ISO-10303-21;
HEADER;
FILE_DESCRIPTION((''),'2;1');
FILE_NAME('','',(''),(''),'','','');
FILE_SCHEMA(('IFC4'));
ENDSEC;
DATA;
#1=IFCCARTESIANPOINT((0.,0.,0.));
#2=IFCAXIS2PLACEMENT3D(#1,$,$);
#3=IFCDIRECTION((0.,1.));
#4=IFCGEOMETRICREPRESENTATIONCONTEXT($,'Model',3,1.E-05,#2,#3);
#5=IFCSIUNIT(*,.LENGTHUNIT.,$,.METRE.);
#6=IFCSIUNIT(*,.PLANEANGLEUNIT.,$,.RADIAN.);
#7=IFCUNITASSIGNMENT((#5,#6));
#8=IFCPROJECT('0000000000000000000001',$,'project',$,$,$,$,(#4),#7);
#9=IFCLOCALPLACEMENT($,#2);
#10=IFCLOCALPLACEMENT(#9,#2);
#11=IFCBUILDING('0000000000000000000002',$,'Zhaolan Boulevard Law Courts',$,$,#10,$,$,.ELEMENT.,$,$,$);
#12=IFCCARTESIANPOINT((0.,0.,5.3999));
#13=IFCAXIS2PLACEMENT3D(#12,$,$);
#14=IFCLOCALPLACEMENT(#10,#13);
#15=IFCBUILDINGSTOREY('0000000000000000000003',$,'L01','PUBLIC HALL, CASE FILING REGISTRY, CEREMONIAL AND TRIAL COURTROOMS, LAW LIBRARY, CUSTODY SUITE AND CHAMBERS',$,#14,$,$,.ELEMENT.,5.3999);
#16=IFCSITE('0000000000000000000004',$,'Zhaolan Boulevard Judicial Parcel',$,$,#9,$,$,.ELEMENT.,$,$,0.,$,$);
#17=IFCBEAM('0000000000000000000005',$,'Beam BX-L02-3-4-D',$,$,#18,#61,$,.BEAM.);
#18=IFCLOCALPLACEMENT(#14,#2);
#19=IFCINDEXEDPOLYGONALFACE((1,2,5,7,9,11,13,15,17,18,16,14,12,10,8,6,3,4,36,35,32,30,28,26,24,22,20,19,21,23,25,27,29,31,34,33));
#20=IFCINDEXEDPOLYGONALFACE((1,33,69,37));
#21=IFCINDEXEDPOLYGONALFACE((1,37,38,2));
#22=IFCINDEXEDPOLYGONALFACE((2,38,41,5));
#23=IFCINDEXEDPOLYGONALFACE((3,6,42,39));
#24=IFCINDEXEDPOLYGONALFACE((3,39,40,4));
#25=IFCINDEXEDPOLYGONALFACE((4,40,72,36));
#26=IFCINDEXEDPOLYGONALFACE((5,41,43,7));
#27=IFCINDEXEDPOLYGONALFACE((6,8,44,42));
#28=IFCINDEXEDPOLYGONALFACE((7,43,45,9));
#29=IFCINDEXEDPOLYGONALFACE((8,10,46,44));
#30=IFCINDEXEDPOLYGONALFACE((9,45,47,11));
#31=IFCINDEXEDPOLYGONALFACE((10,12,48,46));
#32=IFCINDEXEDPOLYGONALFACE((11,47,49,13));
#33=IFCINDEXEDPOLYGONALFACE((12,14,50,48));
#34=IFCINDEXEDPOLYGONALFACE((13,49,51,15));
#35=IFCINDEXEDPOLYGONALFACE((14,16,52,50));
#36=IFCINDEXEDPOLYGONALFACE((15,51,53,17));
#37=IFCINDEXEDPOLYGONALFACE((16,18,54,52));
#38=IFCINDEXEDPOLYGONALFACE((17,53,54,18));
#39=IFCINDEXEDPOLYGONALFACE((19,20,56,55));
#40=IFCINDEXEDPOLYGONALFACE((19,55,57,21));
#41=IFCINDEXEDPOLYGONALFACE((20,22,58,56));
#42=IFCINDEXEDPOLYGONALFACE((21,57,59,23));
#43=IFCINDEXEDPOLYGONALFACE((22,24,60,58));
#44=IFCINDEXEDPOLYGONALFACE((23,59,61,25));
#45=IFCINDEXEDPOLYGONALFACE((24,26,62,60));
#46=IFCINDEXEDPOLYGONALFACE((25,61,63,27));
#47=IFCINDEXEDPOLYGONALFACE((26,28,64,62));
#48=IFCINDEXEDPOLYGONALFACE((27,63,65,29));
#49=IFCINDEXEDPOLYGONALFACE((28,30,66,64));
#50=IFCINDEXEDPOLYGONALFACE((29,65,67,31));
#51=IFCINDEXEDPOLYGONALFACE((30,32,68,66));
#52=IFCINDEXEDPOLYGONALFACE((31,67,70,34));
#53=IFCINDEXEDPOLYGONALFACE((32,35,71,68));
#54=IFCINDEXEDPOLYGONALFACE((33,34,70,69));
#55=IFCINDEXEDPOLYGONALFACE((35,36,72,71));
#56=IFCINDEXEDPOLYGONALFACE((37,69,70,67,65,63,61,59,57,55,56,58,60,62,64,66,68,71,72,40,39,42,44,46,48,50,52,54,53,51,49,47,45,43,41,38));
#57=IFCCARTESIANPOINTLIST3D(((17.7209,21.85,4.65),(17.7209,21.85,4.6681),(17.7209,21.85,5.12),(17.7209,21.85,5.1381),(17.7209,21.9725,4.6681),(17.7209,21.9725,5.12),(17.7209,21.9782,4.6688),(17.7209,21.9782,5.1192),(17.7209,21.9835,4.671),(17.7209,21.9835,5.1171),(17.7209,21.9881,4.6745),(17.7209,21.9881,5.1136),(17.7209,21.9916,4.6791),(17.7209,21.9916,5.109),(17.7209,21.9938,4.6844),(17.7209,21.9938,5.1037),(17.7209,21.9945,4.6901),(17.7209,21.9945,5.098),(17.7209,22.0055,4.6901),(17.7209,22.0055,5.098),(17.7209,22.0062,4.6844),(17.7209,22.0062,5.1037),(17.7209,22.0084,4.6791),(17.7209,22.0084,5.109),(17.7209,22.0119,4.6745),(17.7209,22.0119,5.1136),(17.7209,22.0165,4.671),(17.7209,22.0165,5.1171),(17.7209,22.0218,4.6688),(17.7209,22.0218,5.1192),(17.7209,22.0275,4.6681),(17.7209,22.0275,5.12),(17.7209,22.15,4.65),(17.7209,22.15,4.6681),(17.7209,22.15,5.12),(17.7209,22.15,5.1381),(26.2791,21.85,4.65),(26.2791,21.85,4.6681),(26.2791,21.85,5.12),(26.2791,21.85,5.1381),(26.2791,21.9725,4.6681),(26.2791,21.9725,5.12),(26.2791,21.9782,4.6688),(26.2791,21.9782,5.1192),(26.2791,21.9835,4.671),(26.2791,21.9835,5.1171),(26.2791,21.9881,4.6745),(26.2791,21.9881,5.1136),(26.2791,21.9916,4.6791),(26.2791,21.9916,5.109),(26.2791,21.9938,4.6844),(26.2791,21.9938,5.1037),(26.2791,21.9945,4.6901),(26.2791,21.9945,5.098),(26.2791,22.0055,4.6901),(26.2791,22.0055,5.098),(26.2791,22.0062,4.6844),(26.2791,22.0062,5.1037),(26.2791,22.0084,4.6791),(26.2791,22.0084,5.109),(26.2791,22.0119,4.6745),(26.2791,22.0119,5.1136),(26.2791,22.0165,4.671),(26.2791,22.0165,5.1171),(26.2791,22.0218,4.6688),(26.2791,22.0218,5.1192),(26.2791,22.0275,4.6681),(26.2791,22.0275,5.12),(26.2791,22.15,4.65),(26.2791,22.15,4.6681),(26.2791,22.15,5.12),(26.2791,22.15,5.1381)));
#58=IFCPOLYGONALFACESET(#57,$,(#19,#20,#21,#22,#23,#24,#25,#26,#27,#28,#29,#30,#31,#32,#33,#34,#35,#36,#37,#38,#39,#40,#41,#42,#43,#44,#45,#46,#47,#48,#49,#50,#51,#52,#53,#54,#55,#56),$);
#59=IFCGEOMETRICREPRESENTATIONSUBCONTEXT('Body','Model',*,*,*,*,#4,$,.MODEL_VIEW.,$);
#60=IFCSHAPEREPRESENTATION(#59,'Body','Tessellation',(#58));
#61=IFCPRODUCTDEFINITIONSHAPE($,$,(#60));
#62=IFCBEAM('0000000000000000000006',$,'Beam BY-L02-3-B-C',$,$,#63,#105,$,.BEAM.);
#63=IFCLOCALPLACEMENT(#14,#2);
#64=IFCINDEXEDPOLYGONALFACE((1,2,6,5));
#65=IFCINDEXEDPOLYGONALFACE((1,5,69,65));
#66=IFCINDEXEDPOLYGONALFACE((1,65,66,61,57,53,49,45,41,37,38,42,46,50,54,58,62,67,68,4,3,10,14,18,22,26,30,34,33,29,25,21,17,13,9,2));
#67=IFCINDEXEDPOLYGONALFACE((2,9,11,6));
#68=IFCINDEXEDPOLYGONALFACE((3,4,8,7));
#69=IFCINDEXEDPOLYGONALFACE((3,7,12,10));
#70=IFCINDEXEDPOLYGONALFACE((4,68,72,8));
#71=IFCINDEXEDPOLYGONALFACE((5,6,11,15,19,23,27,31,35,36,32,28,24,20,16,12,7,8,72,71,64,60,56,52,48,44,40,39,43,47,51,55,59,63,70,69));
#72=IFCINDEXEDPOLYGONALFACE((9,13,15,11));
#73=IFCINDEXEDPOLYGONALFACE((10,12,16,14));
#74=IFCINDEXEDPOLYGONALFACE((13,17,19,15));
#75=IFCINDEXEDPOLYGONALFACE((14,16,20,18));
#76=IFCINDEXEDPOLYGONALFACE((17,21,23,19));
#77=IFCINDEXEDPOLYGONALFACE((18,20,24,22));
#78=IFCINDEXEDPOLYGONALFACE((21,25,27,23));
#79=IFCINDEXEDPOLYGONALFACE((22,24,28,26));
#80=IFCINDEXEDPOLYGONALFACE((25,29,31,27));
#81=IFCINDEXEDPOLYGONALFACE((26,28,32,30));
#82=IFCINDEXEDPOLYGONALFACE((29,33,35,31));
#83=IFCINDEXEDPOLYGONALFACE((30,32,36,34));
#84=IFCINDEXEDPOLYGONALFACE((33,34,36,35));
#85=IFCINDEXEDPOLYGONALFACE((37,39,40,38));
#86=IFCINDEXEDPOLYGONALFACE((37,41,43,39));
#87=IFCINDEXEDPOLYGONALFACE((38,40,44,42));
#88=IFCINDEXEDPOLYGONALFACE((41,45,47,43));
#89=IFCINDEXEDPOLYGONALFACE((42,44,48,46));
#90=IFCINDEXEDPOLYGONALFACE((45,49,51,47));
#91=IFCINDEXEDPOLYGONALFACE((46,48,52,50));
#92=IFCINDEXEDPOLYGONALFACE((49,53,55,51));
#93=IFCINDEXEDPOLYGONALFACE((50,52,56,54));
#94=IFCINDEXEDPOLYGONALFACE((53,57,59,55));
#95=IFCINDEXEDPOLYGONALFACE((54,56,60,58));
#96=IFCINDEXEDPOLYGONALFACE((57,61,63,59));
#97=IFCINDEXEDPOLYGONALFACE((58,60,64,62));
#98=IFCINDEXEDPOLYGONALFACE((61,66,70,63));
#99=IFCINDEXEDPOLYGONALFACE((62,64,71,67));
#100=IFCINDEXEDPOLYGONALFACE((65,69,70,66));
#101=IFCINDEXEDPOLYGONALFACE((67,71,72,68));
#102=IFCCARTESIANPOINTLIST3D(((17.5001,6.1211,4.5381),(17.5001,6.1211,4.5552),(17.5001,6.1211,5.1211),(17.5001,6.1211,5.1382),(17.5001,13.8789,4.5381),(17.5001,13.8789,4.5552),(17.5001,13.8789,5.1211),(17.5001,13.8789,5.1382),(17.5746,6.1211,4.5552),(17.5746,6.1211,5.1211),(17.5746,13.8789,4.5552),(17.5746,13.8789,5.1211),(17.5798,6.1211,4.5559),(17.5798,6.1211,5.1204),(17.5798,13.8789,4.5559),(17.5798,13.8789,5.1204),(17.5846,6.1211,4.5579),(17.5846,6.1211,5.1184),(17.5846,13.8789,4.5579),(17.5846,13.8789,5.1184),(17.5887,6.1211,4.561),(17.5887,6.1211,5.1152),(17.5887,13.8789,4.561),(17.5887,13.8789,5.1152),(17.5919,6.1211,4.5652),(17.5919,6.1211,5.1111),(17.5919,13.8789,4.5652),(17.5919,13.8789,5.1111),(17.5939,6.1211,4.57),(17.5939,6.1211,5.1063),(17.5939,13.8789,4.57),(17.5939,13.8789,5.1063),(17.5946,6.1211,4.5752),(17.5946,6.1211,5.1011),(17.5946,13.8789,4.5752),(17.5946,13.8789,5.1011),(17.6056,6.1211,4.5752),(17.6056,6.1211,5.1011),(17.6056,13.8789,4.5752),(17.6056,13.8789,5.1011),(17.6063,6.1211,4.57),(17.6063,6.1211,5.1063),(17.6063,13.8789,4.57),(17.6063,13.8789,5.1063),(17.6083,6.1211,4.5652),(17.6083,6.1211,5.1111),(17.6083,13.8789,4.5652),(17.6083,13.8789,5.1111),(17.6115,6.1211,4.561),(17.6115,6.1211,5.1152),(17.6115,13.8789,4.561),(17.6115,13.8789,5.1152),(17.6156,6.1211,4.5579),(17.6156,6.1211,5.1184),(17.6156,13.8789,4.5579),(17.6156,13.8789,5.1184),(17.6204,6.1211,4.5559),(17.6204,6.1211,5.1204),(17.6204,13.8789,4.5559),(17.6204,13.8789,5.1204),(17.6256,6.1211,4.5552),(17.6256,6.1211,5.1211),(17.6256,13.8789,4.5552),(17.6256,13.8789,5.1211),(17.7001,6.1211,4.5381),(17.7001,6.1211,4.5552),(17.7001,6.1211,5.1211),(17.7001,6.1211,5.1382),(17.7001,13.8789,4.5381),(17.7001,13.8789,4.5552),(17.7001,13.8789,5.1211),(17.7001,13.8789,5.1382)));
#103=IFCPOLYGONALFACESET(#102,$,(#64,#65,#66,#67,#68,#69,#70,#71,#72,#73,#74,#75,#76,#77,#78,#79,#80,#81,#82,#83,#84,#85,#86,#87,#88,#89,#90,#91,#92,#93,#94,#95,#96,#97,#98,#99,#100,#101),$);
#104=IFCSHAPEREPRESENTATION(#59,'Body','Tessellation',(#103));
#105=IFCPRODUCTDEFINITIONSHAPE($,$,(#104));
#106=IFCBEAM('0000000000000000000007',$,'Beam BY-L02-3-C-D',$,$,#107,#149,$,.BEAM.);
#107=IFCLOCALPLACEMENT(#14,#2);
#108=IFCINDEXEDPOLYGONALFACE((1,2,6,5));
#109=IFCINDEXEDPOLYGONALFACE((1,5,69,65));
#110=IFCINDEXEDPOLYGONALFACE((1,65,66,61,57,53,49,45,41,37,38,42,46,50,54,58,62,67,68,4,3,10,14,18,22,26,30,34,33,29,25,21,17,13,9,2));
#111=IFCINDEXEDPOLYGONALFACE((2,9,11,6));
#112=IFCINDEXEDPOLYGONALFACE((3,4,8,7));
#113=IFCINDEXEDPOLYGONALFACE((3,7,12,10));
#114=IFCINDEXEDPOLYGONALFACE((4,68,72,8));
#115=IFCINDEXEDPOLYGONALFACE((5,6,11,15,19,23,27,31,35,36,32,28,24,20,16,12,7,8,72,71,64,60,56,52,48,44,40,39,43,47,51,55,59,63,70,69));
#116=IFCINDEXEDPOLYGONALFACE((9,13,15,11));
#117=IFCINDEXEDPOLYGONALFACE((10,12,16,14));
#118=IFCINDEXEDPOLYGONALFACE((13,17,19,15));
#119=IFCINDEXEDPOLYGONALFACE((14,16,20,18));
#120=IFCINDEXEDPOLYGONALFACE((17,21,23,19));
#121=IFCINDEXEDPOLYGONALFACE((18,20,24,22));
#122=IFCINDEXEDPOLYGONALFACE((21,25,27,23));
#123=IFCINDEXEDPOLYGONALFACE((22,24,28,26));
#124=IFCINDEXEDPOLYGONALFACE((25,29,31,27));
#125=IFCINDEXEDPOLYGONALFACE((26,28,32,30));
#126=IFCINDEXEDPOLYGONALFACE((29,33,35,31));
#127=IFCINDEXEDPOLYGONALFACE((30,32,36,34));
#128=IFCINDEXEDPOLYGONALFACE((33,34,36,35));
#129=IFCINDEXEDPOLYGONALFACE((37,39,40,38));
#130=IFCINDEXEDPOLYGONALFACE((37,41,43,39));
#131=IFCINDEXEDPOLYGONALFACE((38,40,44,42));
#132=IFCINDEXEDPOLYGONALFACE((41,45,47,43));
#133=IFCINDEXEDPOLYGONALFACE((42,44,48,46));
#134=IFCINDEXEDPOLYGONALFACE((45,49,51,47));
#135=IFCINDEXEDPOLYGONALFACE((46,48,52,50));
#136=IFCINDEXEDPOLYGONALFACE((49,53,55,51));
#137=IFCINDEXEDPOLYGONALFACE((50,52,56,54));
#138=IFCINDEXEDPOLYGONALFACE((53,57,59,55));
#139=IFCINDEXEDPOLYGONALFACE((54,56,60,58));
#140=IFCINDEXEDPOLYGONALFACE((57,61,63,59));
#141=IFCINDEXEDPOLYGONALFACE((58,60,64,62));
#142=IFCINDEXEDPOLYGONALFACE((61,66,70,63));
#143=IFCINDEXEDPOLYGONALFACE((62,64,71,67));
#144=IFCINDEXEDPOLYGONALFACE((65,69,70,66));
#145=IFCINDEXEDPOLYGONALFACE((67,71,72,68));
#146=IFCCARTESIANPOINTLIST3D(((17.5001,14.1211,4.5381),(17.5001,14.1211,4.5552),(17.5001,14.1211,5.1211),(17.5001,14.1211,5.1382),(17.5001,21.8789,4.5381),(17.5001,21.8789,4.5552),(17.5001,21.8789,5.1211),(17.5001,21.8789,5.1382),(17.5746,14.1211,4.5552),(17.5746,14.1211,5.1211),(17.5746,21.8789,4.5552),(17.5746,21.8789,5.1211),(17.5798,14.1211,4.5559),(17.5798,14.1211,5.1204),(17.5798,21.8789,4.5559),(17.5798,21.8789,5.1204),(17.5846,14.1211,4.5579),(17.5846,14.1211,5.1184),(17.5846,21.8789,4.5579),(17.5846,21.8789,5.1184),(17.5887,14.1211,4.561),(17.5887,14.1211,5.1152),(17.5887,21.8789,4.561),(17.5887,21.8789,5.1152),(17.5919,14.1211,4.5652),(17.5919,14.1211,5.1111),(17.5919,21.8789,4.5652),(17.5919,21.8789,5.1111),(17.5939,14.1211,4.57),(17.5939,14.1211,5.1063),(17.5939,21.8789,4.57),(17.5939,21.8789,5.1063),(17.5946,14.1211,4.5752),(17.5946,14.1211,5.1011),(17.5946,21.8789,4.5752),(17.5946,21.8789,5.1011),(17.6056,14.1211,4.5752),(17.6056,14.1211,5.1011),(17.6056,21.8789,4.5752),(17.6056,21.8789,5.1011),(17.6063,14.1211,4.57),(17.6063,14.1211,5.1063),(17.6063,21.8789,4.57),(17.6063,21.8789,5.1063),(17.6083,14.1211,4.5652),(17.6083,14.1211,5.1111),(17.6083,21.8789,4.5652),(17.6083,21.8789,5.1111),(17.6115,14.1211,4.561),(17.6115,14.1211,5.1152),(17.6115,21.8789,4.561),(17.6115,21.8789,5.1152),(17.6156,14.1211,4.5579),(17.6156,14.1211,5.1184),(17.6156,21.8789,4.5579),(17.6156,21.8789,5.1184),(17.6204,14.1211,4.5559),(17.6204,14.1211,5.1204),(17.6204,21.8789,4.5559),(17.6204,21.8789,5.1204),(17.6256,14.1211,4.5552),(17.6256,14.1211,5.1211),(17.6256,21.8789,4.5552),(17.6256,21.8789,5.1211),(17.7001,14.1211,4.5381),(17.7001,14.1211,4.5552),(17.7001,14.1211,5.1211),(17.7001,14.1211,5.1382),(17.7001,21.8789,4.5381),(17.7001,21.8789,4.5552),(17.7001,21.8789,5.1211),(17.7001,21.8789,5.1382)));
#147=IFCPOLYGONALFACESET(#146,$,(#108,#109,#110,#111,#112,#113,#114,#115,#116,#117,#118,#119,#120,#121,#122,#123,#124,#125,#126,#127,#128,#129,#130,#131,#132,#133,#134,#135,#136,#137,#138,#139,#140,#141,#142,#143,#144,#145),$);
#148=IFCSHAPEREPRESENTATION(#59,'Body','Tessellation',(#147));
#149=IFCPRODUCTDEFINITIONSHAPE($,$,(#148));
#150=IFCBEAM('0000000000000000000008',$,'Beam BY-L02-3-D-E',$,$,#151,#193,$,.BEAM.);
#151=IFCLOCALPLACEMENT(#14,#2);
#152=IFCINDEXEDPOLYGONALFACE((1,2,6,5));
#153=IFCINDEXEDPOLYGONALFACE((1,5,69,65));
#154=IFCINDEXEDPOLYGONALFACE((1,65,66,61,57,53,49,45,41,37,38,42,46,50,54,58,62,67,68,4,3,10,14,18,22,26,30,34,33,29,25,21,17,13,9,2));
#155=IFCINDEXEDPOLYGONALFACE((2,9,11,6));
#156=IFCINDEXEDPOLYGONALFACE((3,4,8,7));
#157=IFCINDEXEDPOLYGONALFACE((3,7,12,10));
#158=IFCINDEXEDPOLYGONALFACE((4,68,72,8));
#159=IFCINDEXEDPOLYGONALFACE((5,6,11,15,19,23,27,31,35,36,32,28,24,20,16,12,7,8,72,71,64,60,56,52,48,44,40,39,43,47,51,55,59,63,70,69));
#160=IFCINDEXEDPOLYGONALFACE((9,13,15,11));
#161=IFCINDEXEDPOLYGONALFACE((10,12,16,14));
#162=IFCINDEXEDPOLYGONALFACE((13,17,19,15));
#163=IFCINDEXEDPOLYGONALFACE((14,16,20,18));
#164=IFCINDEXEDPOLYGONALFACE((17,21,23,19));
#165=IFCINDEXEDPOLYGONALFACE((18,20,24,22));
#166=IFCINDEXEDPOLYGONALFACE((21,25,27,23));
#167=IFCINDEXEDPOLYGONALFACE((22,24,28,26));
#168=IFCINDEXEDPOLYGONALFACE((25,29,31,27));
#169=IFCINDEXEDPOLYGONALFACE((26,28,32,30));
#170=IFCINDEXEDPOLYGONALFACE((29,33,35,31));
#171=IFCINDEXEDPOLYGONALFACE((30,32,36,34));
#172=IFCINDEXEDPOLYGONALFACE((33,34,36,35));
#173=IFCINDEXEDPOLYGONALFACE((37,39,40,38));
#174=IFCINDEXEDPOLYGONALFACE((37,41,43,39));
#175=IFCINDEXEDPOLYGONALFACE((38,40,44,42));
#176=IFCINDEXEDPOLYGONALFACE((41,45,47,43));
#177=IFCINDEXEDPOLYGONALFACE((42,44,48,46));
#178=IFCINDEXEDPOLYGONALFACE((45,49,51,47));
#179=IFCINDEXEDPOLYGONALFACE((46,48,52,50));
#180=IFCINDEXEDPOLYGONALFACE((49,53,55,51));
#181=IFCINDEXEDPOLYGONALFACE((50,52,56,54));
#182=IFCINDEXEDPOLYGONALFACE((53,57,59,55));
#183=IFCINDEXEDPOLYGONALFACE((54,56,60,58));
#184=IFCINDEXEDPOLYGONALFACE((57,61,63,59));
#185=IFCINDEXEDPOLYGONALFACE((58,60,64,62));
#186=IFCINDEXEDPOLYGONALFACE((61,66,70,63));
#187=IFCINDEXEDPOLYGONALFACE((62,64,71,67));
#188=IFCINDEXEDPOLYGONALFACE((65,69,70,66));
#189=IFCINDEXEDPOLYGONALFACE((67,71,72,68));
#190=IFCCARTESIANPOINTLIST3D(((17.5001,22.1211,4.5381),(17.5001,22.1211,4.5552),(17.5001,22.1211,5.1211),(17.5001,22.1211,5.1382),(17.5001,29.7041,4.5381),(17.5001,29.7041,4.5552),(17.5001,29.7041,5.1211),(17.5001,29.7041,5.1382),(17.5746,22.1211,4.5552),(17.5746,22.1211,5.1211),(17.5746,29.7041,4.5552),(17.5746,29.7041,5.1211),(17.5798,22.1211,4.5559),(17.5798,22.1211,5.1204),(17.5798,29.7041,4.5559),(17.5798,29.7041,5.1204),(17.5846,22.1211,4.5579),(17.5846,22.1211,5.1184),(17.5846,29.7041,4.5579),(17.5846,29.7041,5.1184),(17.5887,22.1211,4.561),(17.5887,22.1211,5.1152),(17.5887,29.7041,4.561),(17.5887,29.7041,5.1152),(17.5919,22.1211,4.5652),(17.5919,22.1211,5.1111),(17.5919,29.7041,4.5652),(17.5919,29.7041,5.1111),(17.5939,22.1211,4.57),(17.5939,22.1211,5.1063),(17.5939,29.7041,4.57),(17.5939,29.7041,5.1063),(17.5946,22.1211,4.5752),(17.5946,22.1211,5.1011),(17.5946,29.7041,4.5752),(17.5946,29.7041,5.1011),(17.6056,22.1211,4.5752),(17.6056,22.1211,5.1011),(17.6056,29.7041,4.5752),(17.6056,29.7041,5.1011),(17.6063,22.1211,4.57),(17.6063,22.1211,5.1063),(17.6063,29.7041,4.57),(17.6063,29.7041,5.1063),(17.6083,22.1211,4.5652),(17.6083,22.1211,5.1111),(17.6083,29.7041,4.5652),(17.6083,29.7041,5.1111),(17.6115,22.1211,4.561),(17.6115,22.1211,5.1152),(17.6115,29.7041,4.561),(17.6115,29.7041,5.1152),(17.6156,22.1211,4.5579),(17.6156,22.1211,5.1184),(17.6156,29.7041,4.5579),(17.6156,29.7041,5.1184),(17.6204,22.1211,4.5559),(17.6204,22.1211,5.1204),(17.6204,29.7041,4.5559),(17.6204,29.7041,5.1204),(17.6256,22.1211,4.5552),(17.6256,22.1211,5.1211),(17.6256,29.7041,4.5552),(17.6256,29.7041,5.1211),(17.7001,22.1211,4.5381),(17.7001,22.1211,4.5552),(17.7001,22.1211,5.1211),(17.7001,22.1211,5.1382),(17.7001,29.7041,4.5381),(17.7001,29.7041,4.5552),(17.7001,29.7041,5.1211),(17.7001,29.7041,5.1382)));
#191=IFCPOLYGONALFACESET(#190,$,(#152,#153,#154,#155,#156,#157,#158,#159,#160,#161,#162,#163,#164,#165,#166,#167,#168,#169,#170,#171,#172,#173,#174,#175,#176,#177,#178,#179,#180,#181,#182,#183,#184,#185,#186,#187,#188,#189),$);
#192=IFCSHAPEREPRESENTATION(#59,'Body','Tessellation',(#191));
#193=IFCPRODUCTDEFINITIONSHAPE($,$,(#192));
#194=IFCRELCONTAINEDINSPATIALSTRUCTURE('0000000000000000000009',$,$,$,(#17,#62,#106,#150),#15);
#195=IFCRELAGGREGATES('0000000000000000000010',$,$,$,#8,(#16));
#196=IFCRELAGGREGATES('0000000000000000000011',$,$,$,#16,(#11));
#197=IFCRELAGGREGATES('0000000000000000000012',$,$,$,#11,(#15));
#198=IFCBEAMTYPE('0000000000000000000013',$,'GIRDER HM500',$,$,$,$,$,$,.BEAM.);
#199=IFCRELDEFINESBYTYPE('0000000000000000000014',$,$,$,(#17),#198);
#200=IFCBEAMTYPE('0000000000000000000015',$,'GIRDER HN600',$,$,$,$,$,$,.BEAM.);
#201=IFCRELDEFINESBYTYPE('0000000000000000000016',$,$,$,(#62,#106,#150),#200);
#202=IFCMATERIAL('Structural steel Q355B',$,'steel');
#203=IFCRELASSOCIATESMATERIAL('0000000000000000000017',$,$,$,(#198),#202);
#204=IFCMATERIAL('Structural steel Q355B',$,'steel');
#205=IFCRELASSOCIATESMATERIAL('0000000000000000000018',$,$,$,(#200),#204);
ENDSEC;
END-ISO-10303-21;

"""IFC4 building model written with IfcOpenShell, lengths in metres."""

from ifc_helpers import new_model, si_unit, direction, frame, origin, origin_2d, place, context, subcontext, project, spatial, i_section, extrude, material, material_profile, profile_set, type_object, element, save


model = new_model("IFC4")

# Units and contexts
model_context = context("Model", 3, precision=1e-05, world=origin(), true_north=direction((0.0, 1.0)))
body_context = subcontext(model_context, "Body", "Model", "MODEL_VIEW")
ifc_project = project(units=[si_unit("LENGTHUNIT", "METRE"), si_unit("PLANEANGLEUNIT", "RADIAN")], contexts=[model_context])

# Site, building, storey
site_placement = place(None, origin())
site = spatial("IfcSite", under=ifc_project, at=site_placement, Name="Zhaolan Boulevard Judicial Parcel", CompositionType="ELEMENT", RefElevation=0.0)
building_placement = place(site_placement, origin())
building = spatial("IfcBuilding", under=site, at=building_placement, Name="Zhaolan Boulevard Law Courts", CompositionType="ELEMENT")
storey_placement = place(building_placement, frame((0.0, 0.0, 5.3999)))
storey = spatial("IfcBuildingStorey", under=building, at=storey_placement, Name="L01", Description="PUBLIC HALL, CASE FILING REGISTRY, CEREMONIAL AND TRIAL COURTROOMS, LAW LIBRARY, CUSTODY SUITE AND CHAMBERS", CompositionType="ELEMENT", Elevation=5.3999)

# Beams
ifc_material_1 = material(Name="Structural steel Q355B", Category="steel")
ifc_material_profile_1 = material_profile(ifc_material_1, i_section(OverallWidth=0.3, OverallDepth=0.488, WebThickness=0.011, FlangeThickness=0.0181, FilletRadius=0.022, at=origin_2d()), Name="HM488x300")
ifc_profile_set_1 = profile_set([ifc_material_profile_1], Name="Structural steel Q355B")
beam_type_1 = type_object("IfcBeamType", Name="GIRDER HM500", PredefinedType="BEAM", material=ifc_profile_set_1)
for number, where, z_axis, x_axis, name in (
    (1, (17.7209, 22.0, 4.894), (1.0, 0.0, 0.0), (0.0, 1.0, 0.0), "Beam BX-L02-3-4-D"),
):
    element("IfcBeam", number, at=place(storey_placement, frame(where, z_axis=z_axis, x_axis=x_axis)), inside=storey, type_object=beam_type_1, Name=name, PredefinedType="BEAM", context=body_context, shape_type="SweptSolid", body=[
        extrude(i_section(OverallWidth=0.3, OverallDepth=0.488, WebThickness=0.011, FlangeThickness=0.0181, FilletRadius=0.022, at=origin_2d()), origin(), (0.0, 0.0, 1.0), 8.5581),
    ])
ifc_material_2 = material(Name="Structural steel Q355B", Category="steel")
ifc_material_profile_2 = material_profile(ifc_material_2, i_section(OverallWidth=0.2, OverallDepth=0.6001, WebThickness=0.011, FlangeThickness=0.0171, FilletRadius=0.02, at=origin_2d()), Name="HN600x200")
ifc_profile_set_2 = profile_set([ifc_material_profile_2], Name="Structural steel Q355B")
beam_type_2 = type_object("IfcBeamType", Name="GIRDER HN600", PredefinedType="BEAM", material=ifc_profile_set_2)
for number, where, z_axis, x_axis, name in (
    (2, (17.6001, 6.1211, 4.8381), (0.0, 1.0, 0.0), (-1.0, 0.0, 0.0), "Beam BY-L02-3-B-C"),
    (3, (17.6001, 14.1211, 4.8381), (0.0, 1.0, 0.0), (-1.0, 0.0, 0.0), "Beam BY-L02-3-C-D"),
):
    element("IfcBeam", number, at=place(storey_placement, frame(where, z_axis=z_axis, x_axis=x_axis)), inside=storey, type_object=beam_type_2, Name=name, PredefinedType="BEAM", context=body_context, shape_type="SweptSolid", body=[
        extrude(i_section(OverallWidth=0.2, OverallDepth=0.6001, WebThickness=0.011, FlangeThickness=0.0171, FilletRadius=0.02, at=origin_2d()), origin(), (0.0, 0.0, 1.0), 7.7578),
    ])
beam_1_placement = place(storey_placement, frame((17.6001, 22.1211, 4.8381), z_axis=(0.0, 1.0, 0.0), x_axis=(-1.0, 0.0, 0.0)))
element("IfcBeam", 4, at=beam_1_placement, inside=storey, type_object=beam_type_2, Name="Beam BY-L02-3-D-E", PredefinedType="BEAM", context=body_context, shape_type="SweptSolid", body=[
    extrude(i_section(OverallWidth=0.2, OverallDepth=0.6001, WebThickness=0.011, FlangeThickness=0.0171, FilletRadius=0.02, at=origin_2d()), origin(), (0.0, 0.0, 1.0), 7.583),
])

save(model, "model.ifc")
